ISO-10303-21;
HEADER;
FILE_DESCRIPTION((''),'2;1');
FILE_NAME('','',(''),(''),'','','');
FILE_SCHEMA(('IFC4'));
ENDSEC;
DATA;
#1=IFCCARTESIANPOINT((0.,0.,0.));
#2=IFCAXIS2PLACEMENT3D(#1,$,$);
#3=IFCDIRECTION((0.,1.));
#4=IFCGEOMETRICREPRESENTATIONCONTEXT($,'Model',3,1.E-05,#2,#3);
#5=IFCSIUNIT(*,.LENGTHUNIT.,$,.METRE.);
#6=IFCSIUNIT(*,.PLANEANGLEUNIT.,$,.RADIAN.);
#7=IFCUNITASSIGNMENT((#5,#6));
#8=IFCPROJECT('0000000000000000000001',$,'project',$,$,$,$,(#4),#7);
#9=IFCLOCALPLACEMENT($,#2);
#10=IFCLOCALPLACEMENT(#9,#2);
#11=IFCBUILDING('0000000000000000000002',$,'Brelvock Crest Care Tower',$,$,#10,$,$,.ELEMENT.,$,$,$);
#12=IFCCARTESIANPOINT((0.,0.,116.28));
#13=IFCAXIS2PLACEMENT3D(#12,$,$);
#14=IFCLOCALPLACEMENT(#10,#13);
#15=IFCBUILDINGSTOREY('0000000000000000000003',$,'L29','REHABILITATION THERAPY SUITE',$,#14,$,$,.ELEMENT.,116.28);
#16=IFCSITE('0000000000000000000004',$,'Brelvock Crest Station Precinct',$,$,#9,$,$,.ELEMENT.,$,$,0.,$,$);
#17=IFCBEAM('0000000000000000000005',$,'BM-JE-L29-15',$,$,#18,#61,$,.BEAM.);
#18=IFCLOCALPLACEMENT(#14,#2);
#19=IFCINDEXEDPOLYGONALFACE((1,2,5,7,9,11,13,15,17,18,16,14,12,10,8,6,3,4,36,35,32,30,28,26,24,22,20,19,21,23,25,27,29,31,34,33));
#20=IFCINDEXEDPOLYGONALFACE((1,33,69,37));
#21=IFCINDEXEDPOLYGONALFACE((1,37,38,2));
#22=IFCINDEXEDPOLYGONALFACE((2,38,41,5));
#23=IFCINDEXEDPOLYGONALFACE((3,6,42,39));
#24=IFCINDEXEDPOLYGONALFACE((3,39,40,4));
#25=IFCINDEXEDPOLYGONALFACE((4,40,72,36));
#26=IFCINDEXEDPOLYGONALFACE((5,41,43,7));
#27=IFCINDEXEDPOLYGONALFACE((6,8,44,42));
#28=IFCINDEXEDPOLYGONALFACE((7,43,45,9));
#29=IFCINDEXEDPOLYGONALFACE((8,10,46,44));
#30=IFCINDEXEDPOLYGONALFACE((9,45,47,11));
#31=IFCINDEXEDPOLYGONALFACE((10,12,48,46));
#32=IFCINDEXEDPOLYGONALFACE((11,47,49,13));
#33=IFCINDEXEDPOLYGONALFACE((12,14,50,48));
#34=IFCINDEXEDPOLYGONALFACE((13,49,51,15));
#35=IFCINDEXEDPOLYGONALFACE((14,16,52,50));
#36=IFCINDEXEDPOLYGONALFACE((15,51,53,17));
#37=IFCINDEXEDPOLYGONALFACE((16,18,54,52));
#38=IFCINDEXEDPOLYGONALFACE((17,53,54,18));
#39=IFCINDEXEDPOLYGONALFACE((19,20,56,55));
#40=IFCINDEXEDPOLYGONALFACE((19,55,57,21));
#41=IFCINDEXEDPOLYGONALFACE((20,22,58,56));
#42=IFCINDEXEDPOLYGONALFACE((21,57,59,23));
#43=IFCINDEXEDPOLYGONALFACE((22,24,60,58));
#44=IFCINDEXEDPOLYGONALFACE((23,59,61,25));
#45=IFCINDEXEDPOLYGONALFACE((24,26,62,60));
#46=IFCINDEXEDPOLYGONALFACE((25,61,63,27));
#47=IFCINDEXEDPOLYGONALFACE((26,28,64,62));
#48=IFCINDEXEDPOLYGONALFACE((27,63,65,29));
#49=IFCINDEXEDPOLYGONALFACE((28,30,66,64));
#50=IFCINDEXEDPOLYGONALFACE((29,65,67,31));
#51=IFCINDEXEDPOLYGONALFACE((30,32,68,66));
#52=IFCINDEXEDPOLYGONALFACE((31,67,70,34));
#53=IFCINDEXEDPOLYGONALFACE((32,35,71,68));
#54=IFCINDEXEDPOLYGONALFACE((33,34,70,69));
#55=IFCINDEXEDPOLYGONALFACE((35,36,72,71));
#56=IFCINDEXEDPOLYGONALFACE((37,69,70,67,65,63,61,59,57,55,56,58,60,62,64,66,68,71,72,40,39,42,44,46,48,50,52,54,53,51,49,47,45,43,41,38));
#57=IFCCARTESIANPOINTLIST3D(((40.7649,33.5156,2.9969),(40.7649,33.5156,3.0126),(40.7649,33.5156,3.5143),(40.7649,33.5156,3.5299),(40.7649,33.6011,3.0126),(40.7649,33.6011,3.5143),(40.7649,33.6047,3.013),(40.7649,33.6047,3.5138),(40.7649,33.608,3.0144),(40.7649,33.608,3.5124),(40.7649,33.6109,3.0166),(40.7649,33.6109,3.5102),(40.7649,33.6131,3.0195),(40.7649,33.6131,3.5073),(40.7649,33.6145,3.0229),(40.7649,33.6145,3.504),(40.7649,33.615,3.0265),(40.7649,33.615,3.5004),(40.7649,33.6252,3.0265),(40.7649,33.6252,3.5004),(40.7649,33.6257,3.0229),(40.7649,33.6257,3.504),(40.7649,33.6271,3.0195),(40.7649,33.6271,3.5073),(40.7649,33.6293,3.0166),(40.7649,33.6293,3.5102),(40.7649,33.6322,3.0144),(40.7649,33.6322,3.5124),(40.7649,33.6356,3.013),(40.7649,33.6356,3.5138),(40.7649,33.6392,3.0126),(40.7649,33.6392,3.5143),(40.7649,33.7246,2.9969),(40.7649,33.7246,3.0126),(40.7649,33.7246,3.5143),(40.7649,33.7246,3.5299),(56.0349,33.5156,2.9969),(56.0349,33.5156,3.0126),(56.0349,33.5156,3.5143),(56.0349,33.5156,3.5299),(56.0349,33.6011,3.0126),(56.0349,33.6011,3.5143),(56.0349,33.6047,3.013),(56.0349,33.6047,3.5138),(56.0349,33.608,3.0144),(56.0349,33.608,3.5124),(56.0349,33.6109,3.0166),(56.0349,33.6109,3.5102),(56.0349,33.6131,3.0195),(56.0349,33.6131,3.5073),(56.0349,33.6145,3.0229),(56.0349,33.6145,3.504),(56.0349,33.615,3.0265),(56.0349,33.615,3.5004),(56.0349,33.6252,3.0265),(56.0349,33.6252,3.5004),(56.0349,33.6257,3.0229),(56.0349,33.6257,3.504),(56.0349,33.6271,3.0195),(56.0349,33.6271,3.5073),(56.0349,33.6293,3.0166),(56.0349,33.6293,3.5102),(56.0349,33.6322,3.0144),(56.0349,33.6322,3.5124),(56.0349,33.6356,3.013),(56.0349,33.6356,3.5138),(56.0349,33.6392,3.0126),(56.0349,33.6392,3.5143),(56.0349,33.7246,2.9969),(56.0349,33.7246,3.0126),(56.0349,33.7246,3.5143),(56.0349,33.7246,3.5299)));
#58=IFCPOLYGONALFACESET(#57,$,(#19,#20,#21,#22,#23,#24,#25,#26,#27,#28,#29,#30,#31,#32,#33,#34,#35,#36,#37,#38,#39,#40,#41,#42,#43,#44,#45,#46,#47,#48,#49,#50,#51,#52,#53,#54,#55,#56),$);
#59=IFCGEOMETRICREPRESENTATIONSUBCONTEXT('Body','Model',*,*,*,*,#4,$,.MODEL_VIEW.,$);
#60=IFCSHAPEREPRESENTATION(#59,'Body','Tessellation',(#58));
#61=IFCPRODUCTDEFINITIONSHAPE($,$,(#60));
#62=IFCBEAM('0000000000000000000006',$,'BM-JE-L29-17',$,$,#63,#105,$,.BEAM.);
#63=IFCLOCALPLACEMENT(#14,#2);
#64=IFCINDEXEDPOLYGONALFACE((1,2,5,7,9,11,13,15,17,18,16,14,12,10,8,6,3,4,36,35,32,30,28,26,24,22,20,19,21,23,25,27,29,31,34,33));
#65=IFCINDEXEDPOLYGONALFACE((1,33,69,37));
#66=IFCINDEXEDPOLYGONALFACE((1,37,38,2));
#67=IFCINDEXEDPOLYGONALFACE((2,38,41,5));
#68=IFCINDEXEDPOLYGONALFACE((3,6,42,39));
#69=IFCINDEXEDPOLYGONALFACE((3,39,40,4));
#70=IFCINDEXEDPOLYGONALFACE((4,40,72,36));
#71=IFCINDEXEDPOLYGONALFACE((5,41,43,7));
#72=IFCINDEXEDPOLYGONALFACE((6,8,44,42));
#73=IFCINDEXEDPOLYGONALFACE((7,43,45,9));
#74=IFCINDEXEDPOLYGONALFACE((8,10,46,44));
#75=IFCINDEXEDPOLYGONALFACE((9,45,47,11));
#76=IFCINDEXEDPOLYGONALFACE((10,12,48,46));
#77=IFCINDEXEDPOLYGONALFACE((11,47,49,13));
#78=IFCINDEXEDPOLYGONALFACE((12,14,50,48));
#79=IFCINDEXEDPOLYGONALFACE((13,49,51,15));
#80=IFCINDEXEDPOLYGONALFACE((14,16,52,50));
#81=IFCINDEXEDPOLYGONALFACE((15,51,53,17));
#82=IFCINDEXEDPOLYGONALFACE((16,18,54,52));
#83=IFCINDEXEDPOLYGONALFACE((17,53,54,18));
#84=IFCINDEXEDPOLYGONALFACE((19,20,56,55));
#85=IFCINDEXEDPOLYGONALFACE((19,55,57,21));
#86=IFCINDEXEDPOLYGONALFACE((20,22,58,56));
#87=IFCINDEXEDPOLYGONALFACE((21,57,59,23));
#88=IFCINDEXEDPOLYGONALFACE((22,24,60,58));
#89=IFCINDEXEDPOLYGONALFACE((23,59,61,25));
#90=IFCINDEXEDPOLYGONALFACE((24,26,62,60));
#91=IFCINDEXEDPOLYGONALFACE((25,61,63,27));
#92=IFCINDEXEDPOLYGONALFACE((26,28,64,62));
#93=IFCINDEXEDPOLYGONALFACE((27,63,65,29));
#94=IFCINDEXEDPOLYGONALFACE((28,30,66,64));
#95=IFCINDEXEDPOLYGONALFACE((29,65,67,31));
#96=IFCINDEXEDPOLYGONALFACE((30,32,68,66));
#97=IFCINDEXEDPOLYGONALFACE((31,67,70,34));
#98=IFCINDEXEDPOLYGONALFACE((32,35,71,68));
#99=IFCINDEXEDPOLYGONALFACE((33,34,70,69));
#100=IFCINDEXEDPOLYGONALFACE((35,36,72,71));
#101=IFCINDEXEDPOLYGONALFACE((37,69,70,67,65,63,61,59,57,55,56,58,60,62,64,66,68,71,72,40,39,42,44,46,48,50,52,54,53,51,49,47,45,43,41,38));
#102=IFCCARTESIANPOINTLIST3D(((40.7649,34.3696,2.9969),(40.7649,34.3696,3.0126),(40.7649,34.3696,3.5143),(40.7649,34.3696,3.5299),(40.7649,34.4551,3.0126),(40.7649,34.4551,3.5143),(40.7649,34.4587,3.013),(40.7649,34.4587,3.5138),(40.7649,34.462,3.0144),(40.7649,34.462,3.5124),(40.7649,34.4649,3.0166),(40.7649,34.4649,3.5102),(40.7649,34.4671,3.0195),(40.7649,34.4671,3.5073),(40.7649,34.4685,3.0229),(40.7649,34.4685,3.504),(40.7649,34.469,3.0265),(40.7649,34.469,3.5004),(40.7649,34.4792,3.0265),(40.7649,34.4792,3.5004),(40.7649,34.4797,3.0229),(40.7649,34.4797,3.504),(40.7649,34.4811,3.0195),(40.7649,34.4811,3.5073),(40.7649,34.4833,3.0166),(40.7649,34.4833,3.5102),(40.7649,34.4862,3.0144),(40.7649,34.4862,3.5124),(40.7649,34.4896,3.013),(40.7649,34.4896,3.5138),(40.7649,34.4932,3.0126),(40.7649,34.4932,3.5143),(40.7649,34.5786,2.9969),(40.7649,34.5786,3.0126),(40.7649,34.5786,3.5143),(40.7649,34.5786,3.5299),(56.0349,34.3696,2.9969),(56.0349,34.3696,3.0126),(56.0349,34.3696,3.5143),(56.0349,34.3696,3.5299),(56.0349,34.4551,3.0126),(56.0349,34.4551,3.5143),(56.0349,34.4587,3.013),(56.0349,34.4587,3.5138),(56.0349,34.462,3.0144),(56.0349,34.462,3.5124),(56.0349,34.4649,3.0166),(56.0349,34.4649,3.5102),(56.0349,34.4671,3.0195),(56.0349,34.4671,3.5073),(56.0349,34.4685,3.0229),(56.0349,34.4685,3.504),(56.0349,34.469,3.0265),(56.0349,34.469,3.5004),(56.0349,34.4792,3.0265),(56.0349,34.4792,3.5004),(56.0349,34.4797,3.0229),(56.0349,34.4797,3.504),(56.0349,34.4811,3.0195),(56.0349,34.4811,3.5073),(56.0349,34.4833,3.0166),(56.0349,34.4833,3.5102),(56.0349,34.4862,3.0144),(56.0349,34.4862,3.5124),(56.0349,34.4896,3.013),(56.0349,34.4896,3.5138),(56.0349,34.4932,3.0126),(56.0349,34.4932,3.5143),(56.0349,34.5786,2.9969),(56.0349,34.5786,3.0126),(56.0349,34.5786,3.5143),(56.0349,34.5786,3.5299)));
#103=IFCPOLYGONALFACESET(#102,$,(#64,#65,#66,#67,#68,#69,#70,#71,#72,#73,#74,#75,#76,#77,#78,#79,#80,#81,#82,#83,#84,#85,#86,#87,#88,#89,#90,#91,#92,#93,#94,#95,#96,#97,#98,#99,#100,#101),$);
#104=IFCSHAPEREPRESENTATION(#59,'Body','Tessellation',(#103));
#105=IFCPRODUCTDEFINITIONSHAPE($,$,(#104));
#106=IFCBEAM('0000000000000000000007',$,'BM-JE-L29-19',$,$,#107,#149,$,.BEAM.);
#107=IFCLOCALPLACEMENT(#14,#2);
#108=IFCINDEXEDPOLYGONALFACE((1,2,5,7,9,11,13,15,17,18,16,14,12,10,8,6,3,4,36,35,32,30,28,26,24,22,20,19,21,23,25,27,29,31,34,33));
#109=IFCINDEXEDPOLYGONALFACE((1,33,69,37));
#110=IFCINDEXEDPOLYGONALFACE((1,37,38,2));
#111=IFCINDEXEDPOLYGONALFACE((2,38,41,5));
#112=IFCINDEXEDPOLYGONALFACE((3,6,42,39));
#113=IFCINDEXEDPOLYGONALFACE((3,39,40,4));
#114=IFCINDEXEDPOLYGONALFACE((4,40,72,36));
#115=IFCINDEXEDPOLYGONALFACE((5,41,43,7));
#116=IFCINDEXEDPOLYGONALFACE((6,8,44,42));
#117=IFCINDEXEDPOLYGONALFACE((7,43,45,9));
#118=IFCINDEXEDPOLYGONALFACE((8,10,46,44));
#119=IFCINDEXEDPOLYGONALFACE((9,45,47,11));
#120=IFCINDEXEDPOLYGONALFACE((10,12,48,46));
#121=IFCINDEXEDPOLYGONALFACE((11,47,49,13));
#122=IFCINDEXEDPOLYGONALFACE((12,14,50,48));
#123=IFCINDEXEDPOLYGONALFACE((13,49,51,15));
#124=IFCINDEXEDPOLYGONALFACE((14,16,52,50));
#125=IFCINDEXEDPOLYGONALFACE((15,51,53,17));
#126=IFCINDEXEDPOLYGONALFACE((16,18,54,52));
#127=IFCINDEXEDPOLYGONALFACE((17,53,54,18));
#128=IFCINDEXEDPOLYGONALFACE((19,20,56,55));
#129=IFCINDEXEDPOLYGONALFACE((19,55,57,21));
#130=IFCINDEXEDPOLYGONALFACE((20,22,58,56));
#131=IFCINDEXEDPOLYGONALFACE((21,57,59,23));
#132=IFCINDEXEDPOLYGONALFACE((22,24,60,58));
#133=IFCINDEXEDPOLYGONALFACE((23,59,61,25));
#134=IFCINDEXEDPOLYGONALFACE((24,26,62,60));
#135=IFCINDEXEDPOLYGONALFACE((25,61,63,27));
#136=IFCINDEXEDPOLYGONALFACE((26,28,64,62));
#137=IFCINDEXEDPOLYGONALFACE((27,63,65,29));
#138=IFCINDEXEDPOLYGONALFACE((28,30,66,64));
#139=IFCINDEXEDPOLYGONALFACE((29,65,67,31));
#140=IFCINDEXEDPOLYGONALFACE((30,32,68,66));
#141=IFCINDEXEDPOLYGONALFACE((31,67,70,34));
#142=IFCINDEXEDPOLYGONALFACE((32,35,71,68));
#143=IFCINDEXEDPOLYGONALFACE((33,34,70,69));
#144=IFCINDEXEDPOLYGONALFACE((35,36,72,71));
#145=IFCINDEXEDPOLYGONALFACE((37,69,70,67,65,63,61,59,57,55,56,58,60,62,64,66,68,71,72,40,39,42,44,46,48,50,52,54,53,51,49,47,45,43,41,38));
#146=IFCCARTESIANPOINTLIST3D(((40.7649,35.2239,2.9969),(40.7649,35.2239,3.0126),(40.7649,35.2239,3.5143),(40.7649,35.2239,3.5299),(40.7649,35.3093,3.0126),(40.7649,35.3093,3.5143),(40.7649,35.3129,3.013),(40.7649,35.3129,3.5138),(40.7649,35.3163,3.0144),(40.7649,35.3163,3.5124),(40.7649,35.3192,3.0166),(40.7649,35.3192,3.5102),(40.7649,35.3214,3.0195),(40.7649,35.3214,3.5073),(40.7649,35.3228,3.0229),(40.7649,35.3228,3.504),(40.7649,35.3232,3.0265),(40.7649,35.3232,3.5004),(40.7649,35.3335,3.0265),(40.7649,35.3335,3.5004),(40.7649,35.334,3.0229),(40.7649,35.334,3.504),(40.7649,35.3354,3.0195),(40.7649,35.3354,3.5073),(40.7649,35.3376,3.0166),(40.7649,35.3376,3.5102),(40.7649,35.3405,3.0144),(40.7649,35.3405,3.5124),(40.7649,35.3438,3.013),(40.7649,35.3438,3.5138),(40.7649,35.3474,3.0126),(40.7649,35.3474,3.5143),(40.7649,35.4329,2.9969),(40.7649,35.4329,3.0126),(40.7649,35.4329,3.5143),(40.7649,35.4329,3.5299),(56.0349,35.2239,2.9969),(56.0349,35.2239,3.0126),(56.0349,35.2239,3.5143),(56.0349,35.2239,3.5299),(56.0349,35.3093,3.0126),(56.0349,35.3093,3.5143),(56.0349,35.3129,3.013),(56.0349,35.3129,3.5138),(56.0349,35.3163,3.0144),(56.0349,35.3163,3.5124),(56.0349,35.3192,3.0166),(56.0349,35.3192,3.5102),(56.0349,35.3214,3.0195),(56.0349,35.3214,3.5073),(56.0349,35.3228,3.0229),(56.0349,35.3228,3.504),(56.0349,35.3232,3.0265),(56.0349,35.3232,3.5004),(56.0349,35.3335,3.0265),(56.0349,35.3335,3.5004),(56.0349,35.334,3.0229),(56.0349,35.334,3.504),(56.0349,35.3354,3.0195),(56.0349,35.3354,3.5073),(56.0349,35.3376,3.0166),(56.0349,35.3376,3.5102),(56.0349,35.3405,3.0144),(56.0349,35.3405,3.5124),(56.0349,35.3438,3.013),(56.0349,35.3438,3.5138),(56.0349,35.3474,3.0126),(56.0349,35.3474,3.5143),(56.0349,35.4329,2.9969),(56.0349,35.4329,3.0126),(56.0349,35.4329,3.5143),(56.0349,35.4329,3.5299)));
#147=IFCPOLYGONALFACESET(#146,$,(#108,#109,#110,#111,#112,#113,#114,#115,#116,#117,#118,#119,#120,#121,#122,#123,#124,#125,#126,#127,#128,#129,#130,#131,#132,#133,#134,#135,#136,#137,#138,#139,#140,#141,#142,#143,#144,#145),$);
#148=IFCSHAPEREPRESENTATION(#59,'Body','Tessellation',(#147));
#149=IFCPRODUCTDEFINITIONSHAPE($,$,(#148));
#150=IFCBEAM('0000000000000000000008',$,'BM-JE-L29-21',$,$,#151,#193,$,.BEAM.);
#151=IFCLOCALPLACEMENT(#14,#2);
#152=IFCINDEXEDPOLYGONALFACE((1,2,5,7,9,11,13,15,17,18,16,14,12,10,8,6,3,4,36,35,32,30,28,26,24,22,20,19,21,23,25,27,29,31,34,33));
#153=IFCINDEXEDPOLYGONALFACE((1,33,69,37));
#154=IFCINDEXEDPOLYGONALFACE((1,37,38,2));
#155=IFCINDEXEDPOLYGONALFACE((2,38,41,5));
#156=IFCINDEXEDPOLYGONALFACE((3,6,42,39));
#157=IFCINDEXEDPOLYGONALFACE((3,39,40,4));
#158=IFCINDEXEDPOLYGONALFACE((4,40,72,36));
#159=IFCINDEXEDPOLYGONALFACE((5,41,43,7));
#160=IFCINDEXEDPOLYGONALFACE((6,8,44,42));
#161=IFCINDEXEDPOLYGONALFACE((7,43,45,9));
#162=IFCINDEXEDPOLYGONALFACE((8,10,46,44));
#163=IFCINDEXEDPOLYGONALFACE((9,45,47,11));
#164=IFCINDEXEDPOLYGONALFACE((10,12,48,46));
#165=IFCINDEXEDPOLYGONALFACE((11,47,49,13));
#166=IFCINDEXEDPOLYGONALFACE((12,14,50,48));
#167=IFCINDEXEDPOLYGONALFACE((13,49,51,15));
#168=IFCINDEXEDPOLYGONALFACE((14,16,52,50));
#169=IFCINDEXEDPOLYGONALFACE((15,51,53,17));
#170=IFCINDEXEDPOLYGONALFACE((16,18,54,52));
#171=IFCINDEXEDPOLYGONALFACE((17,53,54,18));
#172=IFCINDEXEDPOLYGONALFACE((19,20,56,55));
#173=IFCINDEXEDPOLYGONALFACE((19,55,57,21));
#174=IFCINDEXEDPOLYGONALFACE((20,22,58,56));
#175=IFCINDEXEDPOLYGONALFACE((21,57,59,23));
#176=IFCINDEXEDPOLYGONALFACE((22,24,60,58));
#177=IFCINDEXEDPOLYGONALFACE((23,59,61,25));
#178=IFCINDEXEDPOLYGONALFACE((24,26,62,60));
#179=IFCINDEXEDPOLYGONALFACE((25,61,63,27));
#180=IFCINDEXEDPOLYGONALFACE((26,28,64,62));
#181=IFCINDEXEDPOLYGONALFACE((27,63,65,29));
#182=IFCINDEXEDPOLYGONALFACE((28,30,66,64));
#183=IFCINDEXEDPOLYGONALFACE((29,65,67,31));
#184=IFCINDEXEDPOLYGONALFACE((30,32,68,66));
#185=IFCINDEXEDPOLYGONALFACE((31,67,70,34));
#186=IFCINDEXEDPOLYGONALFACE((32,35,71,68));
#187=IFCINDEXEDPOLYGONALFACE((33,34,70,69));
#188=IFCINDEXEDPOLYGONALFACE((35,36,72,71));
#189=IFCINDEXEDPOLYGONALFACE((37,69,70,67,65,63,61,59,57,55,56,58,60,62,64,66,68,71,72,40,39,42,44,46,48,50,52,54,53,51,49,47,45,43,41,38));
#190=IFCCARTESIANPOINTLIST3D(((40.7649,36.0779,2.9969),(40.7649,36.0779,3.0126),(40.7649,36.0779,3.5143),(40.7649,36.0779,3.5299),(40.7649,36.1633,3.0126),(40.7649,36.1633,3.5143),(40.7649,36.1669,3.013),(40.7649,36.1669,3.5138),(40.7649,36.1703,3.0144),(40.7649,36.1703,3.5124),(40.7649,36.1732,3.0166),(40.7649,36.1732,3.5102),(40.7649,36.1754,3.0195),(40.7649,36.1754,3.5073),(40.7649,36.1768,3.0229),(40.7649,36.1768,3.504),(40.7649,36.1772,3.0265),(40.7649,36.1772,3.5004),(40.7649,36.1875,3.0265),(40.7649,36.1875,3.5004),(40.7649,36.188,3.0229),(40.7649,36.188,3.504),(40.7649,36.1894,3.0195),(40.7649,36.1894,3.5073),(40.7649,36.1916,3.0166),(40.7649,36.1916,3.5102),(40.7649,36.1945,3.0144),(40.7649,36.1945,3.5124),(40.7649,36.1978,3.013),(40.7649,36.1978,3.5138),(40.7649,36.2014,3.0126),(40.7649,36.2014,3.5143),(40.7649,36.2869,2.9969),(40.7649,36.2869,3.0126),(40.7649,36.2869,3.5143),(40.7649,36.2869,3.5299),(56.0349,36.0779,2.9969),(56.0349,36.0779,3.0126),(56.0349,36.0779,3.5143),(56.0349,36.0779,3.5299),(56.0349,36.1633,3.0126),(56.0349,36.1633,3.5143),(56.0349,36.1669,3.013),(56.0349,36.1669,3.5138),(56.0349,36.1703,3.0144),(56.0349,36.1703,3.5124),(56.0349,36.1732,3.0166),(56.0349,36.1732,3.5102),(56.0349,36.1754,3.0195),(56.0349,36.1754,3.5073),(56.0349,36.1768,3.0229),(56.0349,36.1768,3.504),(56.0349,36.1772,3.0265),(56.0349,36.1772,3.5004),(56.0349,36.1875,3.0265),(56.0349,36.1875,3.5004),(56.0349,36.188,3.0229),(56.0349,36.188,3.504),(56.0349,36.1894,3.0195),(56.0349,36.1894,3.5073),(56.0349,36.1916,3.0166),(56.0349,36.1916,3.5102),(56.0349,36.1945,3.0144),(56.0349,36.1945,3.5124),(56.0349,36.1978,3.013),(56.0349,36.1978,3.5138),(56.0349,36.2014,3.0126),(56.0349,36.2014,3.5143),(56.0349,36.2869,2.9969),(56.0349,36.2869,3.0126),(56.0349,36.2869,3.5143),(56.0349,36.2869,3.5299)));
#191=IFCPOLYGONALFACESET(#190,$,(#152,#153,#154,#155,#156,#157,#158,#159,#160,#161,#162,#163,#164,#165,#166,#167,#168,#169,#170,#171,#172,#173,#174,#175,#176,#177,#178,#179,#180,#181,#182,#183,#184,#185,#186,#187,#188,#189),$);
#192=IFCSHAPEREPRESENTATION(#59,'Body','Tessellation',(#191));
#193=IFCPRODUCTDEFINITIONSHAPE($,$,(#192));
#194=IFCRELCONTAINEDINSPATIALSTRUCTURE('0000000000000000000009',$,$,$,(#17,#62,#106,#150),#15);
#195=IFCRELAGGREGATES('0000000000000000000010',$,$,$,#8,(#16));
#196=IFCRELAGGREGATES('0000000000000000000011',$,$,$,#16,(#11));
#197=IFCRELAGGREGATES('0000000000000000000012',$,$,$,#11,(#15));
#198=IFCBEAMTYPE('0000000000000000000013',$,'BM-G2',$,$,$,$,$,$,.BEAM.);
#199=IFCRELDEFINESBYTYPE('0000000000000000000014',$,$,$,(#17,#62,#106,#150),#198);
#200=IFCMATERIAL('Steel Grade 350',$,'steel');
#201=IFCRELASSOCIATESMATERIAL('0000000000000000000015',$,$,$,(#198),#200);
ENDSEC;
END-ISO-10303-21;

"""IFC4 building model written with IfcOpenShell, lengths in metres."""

from ifc_helpers import new_model, si_unit, direction, frame, origin, origin_2d, place, context, subcontext, project, spatial, i_section, extrude, source, transform, mapped, material, material_profile, profile_set, type_object, element, save


model = new_model("IFC4")

# Units and contexts
model_context = context("Model", 3, precision=1e-05, world=origin(), true_north=direction((0.0, 1.0)))
body_context = subcontext(model_context, "Body", "Model", "MODEL_VIEW")
ifc_project = project(units=[si_unit("LENGTHUNIT", "METRE"), si_unit("PLANEANGLEUNIT", "RADIAN")], contexts=[model_context])

# Site, building, storey
site_placement = place(None, origin())
site = spatial("IfcSite", under=ifc_project, at=site_placement, Name="Brelvock Crest Station Precinct", CompositionType="ELEMENT", RefElevation=0.0)
building_placement = place(site_placement, origin())
building = spatial("IfcBuilding", under=site, at=building_placement, Name="Brelvock Crest Care Tower", CompositionType="ELEMENT")
storey_placement = place(building_placement, frame((0.0, 0.0, 116.28)))
storey = spatial("IfcBuildingStorey", under=building, at=storey_placement, Name="L29", Description="REHABILITATION THERAPY SUITE", CompositionType="ELEMENT", Elevation=116.28)

# Beams
ifc_material_1 = material(Name="Steel Grade 350", Category="steel")
ifc_material_profile_1 = material_profile(ifc_material_1, i_section(OverallWidth=0.209, OverallDepth=0.533, WebThickness=0.0103, FlangeThickness=0.0156, FilletRadius=0.0139, at=origin_2d()), Name="530UB92.4")
ifc_profile_set_1 = profile_set([ifc_material_profile_1], Name="Steel Grade 350")
beam_type_1 = type_object("IfcBeamType", Name="BM-G2", PredefinedType="BEAM", material=ifc_profile_set_1)
shared_shape_1 = source(origin(), body_context, "Body", "SweptSolid", [
    extrude(i_section(OverallWidth=0.209, OverallDepth=0.533, WebThickness=0.0103, FlangeThickness=0.0156, FilletRadius=0.0139, at=origin_2d()), origin(), (0.0, 0.0, 1.0), 15.27),
])
for number, where, z_axis, x_axis, name in (
    (1, (40.7649, 33.6201, 3.2634), (1.0, 0.0, 0.0), (0.0, 1.0, 0.0), "BM-JE-L29-15"),
    (2, (40.7649, 34.4741, 3.2634), (1.0, 0.0, 0.0), (0.0, 1.0, 0.0), "BM-JE-L29-17"),
    (3, (40.7649, 35.3284, 3.2634), (1.0, 0.0, 0.0), (0.0, 1.0, 0.0), "BM-JE-L29-19"),
    (4, (40.7649, 36.1824, 3.2634), (1.0, 0.0, 0.0), (0.0, 1.0, 0.0), "BM-JE-L29-21"),
):
    element("IfcBeam", number, at=place(storey_placement, frame(where, z_axis=z_axis, x_axis=x_axis)), inside=storey, type_object=beam_type_1, Name=name, PredefinedType="BEAM", context=body_context, shape_type="MappedRepresentation", body=[
        mapped(shared_shape_1, transform((0.0, 0.0, 0.0), x_axis=(1.0, 0.0, 0.0), y_axis=(0.0, 1.0, 0.0), z_axis=(0.0, 0.0, 1.0), scale=1.0)),
    ])

save(model, "model.ifc")
